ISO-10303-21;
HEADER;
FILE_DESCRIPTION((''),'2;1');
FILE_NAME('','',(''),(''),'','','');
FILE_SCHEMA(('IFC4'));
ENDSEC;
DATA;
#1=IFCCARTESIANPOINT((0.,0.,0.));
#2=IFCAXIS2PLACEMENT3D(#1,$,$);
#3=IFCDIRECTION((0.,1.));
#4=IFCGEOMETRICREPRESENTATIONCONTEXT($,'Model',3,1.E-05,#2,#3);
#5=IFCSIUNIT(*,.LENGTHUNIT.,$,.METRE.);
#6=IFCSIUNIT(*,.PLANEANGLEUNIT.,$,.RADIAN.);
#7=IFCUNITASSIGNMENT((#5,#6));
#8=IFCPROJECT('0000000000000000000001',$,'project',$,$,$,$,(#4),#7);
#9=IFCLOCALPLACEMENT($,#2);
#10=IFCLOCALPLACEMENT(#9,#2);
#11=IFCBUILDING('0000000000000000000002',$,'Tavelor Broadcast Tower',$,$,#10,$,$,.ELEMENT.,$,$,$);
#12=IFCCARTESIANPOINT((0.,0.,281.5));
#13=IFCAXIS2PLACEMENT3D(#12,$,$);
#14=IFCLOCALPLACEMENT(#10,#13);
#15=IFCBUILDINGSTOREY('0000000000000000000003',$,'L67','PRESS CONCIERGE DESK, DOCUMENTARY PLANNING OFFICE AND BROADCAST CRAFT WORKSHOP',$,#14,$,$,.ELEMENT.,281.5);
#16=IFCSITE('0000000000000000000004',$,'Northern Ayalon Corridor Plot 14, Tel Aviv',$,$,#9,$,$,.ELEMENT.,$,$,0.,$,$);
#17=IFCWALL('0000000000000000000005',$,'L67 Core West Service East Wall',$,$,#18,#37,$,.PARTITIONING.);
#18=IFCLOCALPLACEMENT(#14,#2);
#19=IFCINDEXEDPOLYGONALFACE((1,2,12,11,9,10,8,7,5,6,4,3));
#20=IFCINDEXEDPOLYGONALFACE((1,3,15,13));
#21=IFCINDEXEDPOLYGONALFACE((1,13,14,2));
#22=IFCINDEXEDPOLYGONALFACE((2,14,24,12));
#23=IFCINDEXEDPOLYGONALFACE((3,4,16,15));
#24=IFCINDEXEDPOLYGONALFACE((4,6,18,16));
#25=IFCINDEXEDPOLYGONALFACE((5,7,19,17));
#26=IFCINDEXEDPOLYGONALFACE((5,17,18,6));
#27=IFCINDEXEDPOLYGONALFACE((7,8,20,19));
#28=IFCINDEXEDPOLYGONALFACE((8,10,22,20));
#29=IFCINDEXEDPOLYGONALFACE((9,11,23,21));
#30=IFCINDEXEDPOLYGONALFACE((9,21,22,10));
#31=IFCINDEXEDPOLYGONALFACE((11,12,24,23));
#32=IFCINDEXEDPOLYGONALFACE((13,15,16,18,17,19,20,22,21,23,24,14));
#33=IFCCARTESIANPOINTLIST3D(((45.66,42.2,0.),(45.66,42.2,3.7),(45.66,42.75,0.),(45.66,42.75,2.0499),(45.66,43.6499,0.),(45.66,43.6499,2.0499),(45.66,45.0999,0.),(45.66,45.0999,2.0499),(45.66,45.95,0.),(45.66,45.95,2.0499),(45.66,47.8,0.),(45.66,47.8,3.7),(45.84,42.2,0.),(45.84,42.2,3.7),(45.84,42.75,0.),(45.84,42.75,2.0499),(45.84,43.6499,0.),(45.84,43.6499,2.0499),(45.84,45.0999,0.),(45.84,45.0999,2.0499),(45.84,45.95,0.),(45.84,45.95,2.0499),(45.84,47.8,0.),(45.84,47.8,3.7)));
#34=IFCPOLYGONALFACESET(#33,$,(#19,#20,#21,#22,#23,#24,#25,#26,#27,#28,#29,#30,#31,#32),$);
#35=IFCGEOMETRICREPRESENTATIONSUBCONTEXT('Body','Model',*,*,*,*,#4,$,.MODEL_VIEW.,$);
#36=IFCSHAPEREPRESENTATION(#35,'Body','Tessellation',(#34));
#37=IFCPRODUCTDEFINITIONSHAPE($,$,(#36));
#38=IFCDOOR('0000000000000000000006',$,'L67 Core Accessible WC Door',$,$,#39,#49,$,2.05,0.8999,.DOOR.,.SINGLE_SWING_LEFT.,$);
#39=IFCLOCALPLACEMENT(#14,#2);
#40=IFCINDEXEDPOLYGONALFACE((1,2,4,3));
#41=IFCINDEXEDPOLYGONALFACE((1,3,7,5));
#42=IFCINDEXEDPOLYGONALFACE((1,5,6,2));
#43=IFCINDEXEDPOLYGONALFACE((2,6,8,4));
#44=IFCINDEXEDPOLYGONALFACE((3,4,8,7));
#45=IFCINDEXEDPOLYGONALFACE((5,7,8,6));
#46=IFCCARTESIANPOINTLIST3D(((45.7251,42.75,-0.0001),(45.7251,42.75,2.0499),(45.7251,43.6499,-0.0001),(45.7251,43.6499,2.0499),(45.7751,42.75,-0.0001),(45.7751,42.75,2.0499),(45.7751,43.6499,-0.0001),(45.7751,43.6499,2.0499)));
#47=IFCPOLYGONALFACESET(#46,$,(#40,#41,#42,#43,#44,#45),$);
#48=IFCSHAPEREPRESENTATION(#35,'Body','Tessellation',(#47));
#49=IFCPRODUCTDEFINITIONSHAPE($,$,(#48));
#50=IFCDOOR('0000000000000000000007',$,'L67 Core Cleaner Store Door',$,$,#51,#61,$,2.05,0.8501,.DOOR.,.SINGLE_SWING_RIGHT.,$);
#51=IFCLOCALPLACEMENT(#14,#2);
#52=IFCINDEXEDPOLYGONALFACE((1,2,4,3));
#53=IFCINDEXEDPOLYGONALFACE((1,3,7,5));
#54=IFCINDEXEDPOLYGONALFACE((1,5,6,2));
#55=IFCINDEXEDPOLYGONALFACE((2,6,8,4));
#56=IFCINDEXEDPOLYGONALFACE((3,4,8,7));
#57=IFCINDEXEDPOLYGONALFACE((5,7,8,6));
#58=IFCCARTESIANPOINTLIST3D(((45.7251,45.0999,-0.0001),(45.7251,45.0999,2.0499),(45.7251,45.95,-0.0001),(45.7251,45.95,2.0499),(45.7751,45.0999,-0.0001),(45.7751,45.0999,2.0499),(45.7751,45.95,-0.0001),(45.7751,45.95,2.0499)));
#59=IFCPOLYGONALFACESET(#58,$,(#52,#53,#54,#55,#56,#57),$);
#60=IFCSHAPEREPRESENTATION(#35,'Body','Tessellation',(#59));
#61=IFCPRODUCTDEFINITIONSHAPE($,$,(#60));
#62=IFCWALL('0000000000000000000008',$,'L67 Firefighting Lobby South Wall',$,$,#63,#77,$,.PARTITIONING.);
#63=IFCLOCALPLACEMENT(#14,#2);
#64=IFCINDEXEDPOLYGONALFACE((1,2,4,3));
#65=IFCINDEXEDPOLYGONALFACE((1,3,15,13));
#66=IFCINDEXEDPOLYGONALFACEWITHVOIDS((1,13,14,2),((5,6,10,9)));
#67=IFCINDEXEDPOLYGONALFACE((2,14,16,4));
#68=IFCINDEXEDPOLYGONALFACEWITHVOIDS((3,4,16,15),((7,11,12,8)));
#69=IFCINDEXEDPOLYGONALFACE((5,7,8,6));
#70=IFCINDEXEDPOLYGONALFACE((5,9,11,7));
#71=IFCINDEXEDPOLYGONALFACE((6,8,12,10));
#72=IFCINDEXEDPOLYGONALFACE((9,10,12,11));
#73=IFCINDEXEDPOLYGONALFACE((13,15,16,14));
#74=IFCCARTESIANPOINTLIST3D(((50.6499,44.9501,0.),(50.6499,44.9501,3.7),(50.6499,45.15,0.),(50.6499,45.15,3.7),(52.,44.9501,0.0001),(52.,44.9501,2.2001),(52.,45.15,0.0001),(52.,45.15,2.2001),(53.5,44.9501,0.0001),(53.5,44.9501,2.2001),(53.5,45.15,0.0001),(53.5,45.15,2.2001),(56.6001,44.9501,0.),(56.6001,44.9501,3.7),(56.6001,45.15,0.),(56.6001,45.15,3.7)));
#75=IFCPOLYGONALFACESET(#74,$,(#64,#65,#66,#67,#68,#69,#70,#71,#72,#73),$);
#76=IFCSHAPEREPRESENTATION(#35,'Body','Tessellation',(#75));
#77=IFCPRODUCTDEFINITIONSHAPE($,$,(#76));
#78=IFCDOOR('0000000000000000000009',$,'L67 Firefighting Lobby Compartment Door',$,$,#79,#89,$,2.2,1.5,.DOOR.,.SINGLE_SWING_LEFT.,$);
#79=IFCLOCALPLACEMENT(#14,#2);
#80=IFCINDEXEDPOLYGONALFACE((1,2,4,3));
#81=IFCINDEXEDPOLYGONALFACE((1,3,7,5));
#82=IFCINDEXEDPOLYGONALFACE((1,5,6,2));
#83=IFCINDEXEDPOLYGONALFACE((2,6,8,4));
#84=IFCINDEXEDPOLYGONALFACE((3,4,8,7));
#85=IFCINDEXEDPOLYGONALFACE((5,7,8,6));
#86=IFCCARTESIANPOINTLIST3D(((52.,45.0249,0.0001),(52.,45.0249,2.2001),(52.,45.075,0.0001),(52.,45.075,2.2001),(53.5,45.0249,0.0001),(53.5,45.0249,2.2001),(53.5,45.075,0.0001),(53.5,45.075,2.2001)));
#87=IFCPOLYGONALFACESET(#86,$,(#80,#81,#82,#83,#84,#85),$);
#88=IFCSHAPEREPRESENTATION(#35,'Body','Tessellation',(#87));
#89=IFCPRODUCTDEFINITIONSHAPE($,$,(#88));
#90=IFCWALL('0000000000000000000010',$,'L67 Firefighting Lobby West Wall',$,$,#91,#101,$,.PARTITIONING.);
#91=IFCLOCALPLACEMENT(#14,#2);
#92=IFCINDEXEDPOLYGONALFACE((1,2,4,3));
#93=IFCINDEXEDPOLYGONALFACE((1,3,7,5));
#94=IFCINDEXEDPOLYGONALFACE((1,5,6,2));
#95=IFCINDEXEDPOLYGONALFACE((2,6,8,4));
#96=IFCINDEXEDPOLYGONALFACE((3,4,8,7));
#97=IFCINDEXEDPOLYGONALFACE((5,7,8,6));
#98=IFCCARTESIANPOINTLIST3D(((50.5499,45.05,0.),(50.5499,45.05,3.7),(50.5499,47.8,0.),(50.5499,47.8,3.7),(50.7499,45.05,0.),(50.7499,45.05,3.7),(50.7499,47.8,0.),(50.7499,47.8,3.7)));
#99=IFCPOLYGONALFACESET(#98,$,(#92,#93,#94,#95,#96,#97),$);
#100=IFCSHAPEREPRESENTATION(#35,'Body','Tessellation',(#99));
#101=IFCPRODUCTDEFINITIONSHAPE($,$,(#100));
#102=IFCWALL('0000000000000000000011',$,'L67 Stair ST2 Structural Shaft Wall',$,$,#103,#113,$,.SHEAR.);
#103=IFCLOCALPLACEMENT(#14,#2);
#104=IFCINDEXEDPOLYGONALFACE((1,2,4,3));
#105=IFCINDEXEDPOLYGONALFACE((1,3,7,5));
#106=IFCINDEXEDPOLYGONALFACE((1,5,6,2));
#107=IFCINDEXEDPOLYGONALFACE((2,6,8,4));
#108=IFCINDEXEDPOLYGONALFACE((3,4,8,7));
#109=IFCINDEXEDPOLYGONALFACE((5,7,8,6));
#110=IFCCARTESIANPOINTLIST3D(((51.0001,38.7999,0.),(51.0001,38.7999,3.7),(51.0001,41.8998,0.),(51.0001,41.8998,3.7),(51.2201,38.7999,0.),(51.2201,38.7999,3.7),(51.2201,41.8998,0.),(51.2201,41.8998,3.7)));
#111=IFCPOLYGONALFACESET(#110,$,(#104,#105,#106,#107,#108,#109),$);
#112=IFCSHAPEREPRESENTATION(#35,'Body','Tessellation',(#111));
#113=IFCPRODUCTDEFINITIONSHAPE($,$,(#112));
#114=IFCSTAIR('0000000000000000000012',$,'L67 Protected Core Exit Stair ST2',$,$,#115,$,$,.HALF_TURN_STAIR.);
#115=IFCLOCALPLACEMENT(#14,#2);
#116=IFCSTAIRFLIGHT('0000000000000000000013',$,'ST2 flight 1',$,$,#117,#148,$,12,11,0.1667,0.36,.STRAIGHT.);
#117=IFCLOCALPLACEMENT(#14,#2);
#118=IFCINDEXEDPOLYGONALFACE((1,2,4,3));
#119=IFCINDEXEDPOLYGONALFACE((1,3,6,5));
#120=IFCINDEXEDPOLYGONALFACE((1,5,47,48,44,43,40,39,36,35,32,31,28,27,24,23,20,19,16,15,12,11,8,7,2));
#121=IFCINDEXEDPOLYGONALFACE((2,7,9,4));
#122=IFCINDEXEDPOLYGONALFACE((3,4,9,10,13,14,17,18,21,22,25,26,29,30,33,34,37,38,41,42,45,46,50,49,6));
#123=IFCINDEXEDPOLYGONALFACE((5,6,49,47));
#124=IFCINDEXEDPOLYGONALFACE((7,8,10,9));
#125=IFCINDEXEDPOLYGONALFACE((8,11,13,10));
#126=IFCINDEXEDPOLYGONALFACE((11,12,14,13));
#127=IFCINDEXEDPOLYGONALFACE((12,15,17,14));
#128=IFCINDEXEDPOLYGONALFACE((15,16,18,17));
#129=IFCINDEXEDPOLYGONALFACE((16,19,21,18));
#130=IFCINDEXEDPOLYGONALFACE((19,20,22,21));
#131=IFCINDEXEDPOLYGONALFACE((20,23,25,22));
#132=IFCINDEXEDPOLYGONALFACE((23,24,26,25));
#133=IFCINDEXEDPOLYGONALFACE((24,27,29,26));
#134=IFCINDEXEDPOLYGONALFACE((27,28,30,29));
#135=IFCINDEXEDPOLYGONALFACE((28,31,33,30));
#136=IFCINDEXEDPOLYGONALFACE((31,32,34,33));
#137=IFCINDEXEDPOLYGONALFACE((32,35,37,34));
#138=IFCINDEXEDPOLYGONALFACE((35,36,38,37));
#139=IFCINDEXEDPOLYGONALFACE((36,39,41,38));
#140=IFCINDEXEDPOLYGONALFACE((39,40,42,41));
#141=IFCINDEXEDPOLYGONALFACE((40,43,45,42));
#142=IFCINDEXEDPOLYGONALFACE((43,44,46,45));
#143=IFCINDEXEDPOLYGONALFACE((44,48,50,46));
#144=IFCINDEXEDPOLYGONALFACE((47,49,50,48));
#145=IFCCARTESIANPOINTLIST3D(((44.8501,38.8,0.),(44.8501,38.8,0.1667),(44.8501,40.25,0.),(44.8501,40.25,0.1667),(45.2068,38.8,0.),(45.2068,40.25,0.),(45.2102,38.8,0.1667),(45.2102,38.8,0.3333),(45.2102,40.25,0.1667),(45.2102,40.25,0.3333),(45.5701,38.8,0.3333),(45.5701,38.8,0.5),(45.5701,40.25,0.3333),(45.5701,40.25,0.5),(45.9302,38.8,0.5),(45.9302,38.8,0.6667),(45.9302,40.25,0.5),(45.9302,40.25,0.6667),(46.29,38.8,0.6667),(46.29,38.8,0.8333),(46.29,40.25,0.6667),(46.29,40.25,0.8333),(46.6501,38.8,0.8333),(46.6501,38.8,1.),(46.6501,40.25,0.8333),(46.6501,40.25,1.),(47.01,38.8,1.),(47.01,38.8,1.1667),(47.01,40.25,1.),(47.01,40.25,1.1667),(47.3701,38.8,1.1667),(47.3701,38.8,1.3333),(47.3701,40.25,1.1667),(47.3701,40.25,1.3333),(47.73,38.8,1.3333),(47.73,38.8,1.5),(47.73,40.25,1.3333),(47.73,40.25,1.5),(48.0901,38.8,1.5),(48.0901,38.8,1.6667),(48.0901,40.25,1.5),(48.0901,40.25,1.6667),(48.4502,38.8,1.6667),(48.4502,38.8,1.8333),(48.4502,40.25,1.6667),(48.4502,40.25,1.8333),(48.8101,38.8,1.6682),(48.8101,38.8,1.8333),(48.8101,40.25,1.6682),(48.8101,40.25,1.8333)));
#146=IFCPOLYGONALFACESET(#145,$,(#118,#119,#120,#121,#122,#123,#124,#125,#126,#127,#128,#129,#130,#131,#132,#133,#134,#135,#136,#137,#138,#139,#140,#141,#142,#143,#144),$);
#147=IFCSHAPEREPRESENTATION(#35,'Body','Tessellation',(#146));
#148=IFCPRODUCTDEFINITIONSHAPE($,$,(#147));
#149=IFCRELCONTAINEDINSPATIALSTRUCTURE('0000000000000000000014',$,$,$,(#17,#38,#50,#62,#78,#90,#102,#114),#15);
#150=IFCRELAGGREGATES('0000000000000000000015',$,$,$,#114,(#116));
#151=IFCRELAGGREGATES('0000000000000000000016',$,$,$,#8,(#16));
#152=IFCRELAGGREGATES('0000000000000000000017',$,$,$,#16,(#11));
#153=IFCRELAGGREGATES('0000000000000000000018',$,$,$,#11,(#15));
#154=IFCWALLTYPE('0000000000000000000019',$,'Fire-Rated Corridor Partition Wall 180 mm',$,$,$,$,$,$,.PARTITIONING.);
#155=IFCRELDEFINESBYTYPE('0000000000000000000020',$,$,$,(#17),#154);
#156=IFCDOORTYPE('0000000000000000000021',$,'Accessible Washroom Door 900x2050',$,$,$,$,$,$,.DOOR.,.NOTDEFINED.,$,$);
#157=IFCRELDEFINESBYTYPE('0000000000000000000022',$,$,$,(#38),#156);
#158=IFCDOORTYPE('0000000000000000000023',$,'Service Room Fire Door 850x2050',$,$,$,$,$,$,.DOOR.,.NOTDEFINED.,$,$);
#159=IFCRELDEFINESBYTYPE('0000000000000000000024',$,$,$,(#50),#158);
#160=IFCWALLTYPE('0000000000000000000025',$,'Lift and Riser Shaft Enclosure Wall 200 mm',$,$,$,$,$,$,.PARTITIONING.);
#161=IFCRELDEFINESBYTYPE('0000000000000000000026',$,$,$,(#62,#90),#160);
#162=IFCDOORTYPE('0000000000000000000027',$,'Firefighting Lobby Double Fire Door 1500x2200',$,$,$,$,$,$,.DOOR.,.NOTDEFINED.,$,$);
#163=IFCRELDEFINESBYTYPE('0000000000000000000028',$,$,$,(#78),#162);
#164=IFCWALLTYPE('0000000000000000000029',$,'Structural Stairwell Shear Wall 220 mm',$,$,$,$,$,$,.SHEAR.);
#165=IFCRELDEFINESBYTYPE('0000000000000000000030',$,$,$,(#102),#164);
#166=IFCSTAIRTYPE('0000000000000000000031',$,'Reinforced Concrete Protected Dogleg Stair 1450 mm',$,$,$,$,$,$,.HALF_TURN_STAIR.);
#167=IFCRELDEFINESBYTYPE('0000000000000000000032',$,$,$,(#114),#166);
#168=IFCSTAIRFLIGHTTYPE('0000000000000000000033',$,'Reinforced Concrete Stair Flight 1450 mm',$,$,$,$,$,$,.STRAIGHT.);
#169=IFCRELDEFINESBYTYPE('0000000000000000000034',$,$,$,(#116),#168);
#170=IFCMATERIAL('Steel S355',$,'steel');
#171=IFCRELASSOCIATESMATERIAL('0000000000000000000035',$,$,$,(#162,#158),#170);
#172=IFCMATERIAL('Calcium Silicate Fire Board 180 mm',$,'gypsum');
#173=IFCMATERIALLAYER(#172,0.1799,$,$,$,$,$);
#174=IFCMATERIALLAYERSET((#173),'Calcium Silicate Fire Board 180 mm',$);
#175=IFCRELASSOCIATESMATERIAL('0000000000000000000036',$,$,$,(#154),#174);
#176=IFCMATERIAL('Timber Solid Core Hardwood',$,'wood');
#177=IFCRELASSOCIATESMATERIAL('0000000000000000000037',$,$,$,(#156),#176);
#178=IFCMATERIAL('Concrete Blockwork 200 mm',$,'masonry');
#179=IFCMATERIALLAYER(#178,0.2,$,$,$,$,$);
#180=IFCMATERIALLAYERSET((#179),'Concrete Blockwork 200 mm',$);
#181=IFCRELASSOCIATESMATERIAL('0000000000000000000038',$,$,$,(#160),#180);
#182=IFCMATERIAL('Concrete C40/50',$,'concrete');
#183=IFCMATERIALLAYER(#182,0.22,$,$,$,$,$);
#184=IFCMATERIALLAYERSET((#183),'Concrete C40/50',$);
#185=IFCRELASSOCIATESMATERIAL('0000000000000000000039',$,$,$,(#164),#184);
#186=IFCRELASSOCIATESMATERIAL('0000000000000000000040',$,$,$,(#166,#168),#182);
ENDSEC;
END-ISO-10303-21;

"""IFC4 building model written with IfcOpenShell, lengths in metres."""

from ifc_helpers import new_model, si_unit, direction, frame, frame_2d, origin, place, context, subcontext, project, spatial, polyline, rectangle, outline, extrude, material, layer, layer_set, type_object, element, fill, aggregate, save


model = new_model("IFC4")

# Units and contexts
model_context = context("Model", 3, precision=1e-05, world=origin(), true_north=direction((0.0, 1.0)))
body_context = subcontext(model_context, "Body", "Model", "MODEL_VIEW")
ifc_project = project(units=[si_unit("LENGTHUNIT", "METRE"), si_unit("PLANEANGLEUNIT", "RADIAN")], contexts=[model_context])

# Site, building, storey
site_placement = place(None, origin())
site = spatial("IfcSite", under=ifc_project, at=site_placement, Name="Northern Ayalon Corridor Plot 14, Tel Aviv", CompositionType="ELEMENT", RefElevation=0.0)
building_placement = place(site_placement, origin())
building = spatial("IfcBuilding", under=site, at=building_placement, Name="Tavelor Broadcast Tower", CompositionType="ELEMENT")
storey_placement = place(building_placement, frame((0.0, 0.0, 281.5)))
storey = spatial("IfcBuildingStorey", under=building, at=storey_placement, Name="L67", Description="PRESS CONCIERGE DESK, DOCUMENTARY PLANNING OFFICE AND BROADCAST CRAFT WORKSHOP", CompositionType="ELEMENT", Elevation=281.5)

# Shared definitions
ifc_material_1 = material(Name="Concrete C40/50", Category="concrete")
ifc_material_2 = material(Name="Steel S355", Category="steel")

# Shared definitions
door_type_1 = type_object("IfcDoorType", Name="Firefighting Lobby Double Fire Door 1500x2200", OperationType="NOTDEFINED", PredefinedType="DOOR", material=ifc_material_2)

# Wall, openings, doors
ifc_material_3 = material(Name="Calcium Silicate Fire Board 180 mm", Category="gypsum")
ifc_layer_1 = layer(ifc_material_3, 0.1799)
ifc_layer_set_1 = layer_set([ifc_layer_1], Name="Calcium Silicate Fire Board 180 mm")
wall_type_1 = type_object("IfcWallType", Name="Fire-Rated Corridor Partition Wall 180 mm", PredefinedType="PARTITIONING", material=ifc_layer_set_1)
wall_1_placement = place(storey_placement, frame((45.75, 42.2, 0.0), z_axis=(0.0, 0.0, 1.0), x_axis=(0.0, 1.0, 0.0)))
wall_1 = element("IfcWall", 1, at=wall_1_placement, inside=storey, type_object=wall_type_1, Name="L67 Core West Service East Wall", PredefinedType="PARTITIONING", context=body_context, shape_type="SweptSolid", body=[
    extrude(rectangle(XDim=5.6001, YDim=0.1799, at=frame_2d((2.8, 0.0))), origin(), (0.0, 0.0, 1.0), 3.7),
])
opening_1_placement = place(wall_1_placement, frame((0.55, 0.0, 0.0)))
opening_1 = element("IfcOpeningElement", 2, at=opening_1_placement, cuts=wall_1, PredefinedType="OPENING", context=body_context, shape_type="SweptSolid", body=[
    extrude(rectangle(XDim=0.8999, YDim=2.05, at=frame_2d((0.45, 1.0249))), frame((0.0, 0.1001, 0.0), z_axis=(0.0, -1.0, 0.0), x_axis=(1.0, 0.0, 0.0)), (0.0, 0.0, 1.0), 0.2),
])
opening_2_placement = place(wall_1_placement, frame((2.8999, 0.0, 0.0)))
opening_2 = element("IfcOpeningElement", 3, at=opening_2_placement, cuts=wall_1, PredefinedType="OPENING", context=body_context, shape_type="SweptSolid", body=[
    extrude(rectangle(XDim=0.8501, YDim=2.05, at=frame_2d((0.425, 1.0249))), frame((0.0, 0.1001, 0.0), z_axis=(0.0, -1.0, 0.0), x_axis=(1.0, 0.0, 0.0)), (0.0, 0.0, 1.0), 0.2),
])
ifc_material_4 = material(Name="Timber Solid Core Hardwood", Category="wood")
door_type_2 = type_object("IfcDoorType", Name="Accessible Washroom Door 900x2050", OperationType="NOTDEFINED", PredefinedType="DOOR", material=ifc_material_4)
door_1_placement = place(opening_1_placement, origin())
door_1 = element("IfcDoor", 4, at=door_1_placement, inside=storey, type_object=door_type_2, Name="L67 Core Accessible WC Door", OperationType="SINGLE_SWING_LEFT", OverallHeight=2.05, OverallWidth=0.8999, PredefinedType="DOOR", context=body_context, shape_type="SweptSolid", body=[
    extrude(rectangle(XDim=0.8999, YDim=2.05, at=frame_2d((0.45, 1.0249))), frame((0.0, 0.0249, 0.0), z_axis=(0.0, -1.0, 0.0), x_axis=(1.0, 0.0, 0.0)), (0.0, 0.0, 1.0), 0.05),
])
fill(opening_1, door_1)
door_type_3 = type_object("IfcDoorType", Name="Service Room Fire Door 850x2050", OperationType="NOTDEFINED", PredefinedType="DOOR", material=ifc_material_2)
door_2_placement = place(opening_2_placement, origin())
door_2 = element("IfcDoor", 5, at=door_2_placement, inside=storey, type_object=door_type_3, Name="L67 Core Cleaner Store Door", OperationType="SINGLE_SWING_RIGHT", OverallHeight=2.05, OverallWidth=0.8501, PredefinedType="DOOR", context=body_context, shape_type="SweptSolid", body=[
    extrude(rectangle(XDim=0.8501, YDim=2.05, at=frame_2d((0.425, 1.0249))), frame((0.0, 0.0249, 0.0), z_axis=(0.0, -1.0, 0.0), x_axis=(1.0, 0.0, 0.0)), (0.0, 0.0, 1.0), 0.05),
])
fill(opening_2, door_2)

# Wall, opening, door
ifc_material_5 = material(Name="Concrete Blockwork 200 mm", Category="masonry")
ifc_layer_2 = layer(ifc_material_5, 0.2)
ifc_layer_set_2 = layer_set([ifc_layer_2], Name="Concrete Blockwork 200 mm")
wall_type_2 = type_object("IfcWallType", Name="Lift and Riser Shaft Enclosure Wall 200 mm", PredefinedType="PARTITIONING", material=ifc_layer_set_2)
wall_2_placement = place(storey_placement, frame((50.6499, 45.05, 0.0), z_axis=(0.0, 0.0, 1.0), x_axis=(1.0, 0.0, 0.0)))
wall_2 = element("IfcWall", 6, at=wall_2_placement, inside=storey, type_object=wall_type_2, Name="L67 Firefighting Lobby South Wall", PredefinedType="PARTITIONING", context=body_context, shape_type="SweptSolid", body=[
    extrude(rectangle(XDim=5.9502, YDim=0.2, at=frame_2d((2.9751, 0.0))), origin(), (0.0, 0.0, 1.0), 3.7),
])
opening_3_placement = place(wall_2_placement, frame((1.3501, 0.0, 0.0)))
opening_3 = element("IfcOpeningElement", 7, at=opening_3_placement, cuts=wall_2, PredefinedType="OPENING", context=body_context, shape_type="SweptSolid", body=[
    extrude(rectangle(XDim=1.5, YDim=2.2, at=frame_2d((0.75, 1.1001))), frame((0.0, 0.1099, 0.0), z_axis=(0.0, -1.0, 0.0), x_axis=(1.0, 0.0, 0.0)), (0.0, 0.0, 1.0), 0.22),
])
door_3_placement = place(opening_3_placement, origin())
door_3 = element("IfcDoor", 8, at=door_3_placement, inside=storey, type_object=door_type_1, Name="L67 Firefighting Lobby Compartment Door", OperationType="SINGLE_SWING_LEFT", OverallHeight=2.2, OverallWidth=1.5, PredefinedType="DOOR", context=body_context, shape_type="SweptSolid", body=[
    extrude(rectangle(XDim=1.5, YDim=2.2, at=frame_2d((0.75, 1.1001))), frame((0.0, 0.0249, 0.0), z_axis=(0.0, -1.0, 0.0), x_axis=(1.0, 0.0, 0.0)), (0.0, 0.0, 1.0), 0.05),
])
fill(opening_3, door_3)

# Walls
wall_3_placement = place(storey_placement, frame((50.6499, 45.05, 0.0), z_axis=(0.0, 0.0, 1.0), x_axis=(0.0, 1.0, 0.0)))
element("IfcWall", 9, at=wall_3_placement, inside=storey, type_object=wall_type_2, Name="L67 Firefighting Lobby West Wall", PredefinedType="PARTITIONING", context=body_context, shape_type="SweptSolid", body=[
    extrude(rectangle(XDim=2.75, YDim=0.2, at=frame_2d((1.375, 0.0))), origin(), (0.0, 0.0, 1.0), 3.7),
])
ifc_layer_3 = layer(ifc_material_1, 0.22)
ifc_layer_set_3 = layer_set([ifc_layer_3], Name="Concrete C40/50")
wall_type_3 = type_object("IfcWallType", Name="Structural Stairwell Shear Wall 220 mm", PredefinedType="SHEAR", material=ifc_layer_set_3)
wall_4_placement = place(storey_placement, frame((51.1101, 38.8, 0.0), z_axis=(0.0, 0.0, 1.0), x_axis=(0.0, 1.0, 0.0)))
element("IfcWall", 10, at=wall_4_placement, inside=storey, type_object=wall_type_3, Name="L67 Stair ST2 Structural Shaft Wall", PredefinedType="SHEAR", context=body_context, shape_type="SweptSolid", body=[
    extrude(rectangle(XDim=3.0999, YDim=0.22, at=frame_2d((1.5498, 0.0))), origin(), (0.0, 0.0, 1.0), 3.7),
])

# Stair, stair flight
stair_type = type_object("IfcStairType", Name="Reinforced Concrete Protected Dogleg Stair 1450 mm", PredefinedType="HALF_TURN_STAIR", material=ifc_material_1)
stair_placement = place(storey_placement, origin())
stair = element("IfcStair", 11, at=stair_placement, inside=storey, type_object=stair_type, Name="L67 Protected Core Exit Stair ST2", PredefinedType="HALF_TURN_STAIR")
stair_flight_type = type_object("IfcStairFlightType", Name="Reinforced Concrete Stair Flight 1450 mm", PredefinedType="STRAIGHT", material=ifc_material_1)
stair_flight_1_placement = place(storey_placement, frame((44.8501, 39.5249, 0.0), z_axis=(0.0, 0.0, 1.0), x_axis=(1.0, 0.0, 0.0)))
stair_flight_1 = element("IfcStairFlight", 12, at=stair_flight_1_placement, type_object=stair_flight_type, Name="ST2 flight 1", NumberOfRisers=12, NumberOfTreads=11, PredefinedType="STRAIGHT", RiserHeight=0.1667, TreadLength=0.36, context=body_context, shape_type="SweptSolid", body=[
    extrude(outline(polyline([(0.0, 0.0), (0.0, 0.1667), (0.3601, 0.1667), (0.3601, 0.3333), (0.72, 0.3333), (0.72, 0.5), (1.0801, 0.5), (1.0801, 0.6667), (1.4399, 0.6667), (1.4399, 0.8333), (1.8, 0.8333), (1.8, 1.0), (2.1599, 1.0), (2.1599, 1.1667), (2.52, 1.1667), (2.52, 1.3333), (2.8799, 1.3333), (2.8799, 1.5), (3.24, 1.5), (3.24, 1.6667), (3.6001, 1.6667), (3.6001, 1.8333), (3.96, 1.8333), (3.96, 2.0), (3.96, 1.6682), (0.3567, 0.0), (0.0, 0.0)])), frame((0.0, 0.7251, 0.0), z_axis=(0.0, -1.0, 0.0), x_axis=(1.0, 0.0, 0.0)), (0.0, 0.0, 1.0), 1.45),
])
aggregate(stair, [stair_flight_1])

save(model, "model.ifc")
